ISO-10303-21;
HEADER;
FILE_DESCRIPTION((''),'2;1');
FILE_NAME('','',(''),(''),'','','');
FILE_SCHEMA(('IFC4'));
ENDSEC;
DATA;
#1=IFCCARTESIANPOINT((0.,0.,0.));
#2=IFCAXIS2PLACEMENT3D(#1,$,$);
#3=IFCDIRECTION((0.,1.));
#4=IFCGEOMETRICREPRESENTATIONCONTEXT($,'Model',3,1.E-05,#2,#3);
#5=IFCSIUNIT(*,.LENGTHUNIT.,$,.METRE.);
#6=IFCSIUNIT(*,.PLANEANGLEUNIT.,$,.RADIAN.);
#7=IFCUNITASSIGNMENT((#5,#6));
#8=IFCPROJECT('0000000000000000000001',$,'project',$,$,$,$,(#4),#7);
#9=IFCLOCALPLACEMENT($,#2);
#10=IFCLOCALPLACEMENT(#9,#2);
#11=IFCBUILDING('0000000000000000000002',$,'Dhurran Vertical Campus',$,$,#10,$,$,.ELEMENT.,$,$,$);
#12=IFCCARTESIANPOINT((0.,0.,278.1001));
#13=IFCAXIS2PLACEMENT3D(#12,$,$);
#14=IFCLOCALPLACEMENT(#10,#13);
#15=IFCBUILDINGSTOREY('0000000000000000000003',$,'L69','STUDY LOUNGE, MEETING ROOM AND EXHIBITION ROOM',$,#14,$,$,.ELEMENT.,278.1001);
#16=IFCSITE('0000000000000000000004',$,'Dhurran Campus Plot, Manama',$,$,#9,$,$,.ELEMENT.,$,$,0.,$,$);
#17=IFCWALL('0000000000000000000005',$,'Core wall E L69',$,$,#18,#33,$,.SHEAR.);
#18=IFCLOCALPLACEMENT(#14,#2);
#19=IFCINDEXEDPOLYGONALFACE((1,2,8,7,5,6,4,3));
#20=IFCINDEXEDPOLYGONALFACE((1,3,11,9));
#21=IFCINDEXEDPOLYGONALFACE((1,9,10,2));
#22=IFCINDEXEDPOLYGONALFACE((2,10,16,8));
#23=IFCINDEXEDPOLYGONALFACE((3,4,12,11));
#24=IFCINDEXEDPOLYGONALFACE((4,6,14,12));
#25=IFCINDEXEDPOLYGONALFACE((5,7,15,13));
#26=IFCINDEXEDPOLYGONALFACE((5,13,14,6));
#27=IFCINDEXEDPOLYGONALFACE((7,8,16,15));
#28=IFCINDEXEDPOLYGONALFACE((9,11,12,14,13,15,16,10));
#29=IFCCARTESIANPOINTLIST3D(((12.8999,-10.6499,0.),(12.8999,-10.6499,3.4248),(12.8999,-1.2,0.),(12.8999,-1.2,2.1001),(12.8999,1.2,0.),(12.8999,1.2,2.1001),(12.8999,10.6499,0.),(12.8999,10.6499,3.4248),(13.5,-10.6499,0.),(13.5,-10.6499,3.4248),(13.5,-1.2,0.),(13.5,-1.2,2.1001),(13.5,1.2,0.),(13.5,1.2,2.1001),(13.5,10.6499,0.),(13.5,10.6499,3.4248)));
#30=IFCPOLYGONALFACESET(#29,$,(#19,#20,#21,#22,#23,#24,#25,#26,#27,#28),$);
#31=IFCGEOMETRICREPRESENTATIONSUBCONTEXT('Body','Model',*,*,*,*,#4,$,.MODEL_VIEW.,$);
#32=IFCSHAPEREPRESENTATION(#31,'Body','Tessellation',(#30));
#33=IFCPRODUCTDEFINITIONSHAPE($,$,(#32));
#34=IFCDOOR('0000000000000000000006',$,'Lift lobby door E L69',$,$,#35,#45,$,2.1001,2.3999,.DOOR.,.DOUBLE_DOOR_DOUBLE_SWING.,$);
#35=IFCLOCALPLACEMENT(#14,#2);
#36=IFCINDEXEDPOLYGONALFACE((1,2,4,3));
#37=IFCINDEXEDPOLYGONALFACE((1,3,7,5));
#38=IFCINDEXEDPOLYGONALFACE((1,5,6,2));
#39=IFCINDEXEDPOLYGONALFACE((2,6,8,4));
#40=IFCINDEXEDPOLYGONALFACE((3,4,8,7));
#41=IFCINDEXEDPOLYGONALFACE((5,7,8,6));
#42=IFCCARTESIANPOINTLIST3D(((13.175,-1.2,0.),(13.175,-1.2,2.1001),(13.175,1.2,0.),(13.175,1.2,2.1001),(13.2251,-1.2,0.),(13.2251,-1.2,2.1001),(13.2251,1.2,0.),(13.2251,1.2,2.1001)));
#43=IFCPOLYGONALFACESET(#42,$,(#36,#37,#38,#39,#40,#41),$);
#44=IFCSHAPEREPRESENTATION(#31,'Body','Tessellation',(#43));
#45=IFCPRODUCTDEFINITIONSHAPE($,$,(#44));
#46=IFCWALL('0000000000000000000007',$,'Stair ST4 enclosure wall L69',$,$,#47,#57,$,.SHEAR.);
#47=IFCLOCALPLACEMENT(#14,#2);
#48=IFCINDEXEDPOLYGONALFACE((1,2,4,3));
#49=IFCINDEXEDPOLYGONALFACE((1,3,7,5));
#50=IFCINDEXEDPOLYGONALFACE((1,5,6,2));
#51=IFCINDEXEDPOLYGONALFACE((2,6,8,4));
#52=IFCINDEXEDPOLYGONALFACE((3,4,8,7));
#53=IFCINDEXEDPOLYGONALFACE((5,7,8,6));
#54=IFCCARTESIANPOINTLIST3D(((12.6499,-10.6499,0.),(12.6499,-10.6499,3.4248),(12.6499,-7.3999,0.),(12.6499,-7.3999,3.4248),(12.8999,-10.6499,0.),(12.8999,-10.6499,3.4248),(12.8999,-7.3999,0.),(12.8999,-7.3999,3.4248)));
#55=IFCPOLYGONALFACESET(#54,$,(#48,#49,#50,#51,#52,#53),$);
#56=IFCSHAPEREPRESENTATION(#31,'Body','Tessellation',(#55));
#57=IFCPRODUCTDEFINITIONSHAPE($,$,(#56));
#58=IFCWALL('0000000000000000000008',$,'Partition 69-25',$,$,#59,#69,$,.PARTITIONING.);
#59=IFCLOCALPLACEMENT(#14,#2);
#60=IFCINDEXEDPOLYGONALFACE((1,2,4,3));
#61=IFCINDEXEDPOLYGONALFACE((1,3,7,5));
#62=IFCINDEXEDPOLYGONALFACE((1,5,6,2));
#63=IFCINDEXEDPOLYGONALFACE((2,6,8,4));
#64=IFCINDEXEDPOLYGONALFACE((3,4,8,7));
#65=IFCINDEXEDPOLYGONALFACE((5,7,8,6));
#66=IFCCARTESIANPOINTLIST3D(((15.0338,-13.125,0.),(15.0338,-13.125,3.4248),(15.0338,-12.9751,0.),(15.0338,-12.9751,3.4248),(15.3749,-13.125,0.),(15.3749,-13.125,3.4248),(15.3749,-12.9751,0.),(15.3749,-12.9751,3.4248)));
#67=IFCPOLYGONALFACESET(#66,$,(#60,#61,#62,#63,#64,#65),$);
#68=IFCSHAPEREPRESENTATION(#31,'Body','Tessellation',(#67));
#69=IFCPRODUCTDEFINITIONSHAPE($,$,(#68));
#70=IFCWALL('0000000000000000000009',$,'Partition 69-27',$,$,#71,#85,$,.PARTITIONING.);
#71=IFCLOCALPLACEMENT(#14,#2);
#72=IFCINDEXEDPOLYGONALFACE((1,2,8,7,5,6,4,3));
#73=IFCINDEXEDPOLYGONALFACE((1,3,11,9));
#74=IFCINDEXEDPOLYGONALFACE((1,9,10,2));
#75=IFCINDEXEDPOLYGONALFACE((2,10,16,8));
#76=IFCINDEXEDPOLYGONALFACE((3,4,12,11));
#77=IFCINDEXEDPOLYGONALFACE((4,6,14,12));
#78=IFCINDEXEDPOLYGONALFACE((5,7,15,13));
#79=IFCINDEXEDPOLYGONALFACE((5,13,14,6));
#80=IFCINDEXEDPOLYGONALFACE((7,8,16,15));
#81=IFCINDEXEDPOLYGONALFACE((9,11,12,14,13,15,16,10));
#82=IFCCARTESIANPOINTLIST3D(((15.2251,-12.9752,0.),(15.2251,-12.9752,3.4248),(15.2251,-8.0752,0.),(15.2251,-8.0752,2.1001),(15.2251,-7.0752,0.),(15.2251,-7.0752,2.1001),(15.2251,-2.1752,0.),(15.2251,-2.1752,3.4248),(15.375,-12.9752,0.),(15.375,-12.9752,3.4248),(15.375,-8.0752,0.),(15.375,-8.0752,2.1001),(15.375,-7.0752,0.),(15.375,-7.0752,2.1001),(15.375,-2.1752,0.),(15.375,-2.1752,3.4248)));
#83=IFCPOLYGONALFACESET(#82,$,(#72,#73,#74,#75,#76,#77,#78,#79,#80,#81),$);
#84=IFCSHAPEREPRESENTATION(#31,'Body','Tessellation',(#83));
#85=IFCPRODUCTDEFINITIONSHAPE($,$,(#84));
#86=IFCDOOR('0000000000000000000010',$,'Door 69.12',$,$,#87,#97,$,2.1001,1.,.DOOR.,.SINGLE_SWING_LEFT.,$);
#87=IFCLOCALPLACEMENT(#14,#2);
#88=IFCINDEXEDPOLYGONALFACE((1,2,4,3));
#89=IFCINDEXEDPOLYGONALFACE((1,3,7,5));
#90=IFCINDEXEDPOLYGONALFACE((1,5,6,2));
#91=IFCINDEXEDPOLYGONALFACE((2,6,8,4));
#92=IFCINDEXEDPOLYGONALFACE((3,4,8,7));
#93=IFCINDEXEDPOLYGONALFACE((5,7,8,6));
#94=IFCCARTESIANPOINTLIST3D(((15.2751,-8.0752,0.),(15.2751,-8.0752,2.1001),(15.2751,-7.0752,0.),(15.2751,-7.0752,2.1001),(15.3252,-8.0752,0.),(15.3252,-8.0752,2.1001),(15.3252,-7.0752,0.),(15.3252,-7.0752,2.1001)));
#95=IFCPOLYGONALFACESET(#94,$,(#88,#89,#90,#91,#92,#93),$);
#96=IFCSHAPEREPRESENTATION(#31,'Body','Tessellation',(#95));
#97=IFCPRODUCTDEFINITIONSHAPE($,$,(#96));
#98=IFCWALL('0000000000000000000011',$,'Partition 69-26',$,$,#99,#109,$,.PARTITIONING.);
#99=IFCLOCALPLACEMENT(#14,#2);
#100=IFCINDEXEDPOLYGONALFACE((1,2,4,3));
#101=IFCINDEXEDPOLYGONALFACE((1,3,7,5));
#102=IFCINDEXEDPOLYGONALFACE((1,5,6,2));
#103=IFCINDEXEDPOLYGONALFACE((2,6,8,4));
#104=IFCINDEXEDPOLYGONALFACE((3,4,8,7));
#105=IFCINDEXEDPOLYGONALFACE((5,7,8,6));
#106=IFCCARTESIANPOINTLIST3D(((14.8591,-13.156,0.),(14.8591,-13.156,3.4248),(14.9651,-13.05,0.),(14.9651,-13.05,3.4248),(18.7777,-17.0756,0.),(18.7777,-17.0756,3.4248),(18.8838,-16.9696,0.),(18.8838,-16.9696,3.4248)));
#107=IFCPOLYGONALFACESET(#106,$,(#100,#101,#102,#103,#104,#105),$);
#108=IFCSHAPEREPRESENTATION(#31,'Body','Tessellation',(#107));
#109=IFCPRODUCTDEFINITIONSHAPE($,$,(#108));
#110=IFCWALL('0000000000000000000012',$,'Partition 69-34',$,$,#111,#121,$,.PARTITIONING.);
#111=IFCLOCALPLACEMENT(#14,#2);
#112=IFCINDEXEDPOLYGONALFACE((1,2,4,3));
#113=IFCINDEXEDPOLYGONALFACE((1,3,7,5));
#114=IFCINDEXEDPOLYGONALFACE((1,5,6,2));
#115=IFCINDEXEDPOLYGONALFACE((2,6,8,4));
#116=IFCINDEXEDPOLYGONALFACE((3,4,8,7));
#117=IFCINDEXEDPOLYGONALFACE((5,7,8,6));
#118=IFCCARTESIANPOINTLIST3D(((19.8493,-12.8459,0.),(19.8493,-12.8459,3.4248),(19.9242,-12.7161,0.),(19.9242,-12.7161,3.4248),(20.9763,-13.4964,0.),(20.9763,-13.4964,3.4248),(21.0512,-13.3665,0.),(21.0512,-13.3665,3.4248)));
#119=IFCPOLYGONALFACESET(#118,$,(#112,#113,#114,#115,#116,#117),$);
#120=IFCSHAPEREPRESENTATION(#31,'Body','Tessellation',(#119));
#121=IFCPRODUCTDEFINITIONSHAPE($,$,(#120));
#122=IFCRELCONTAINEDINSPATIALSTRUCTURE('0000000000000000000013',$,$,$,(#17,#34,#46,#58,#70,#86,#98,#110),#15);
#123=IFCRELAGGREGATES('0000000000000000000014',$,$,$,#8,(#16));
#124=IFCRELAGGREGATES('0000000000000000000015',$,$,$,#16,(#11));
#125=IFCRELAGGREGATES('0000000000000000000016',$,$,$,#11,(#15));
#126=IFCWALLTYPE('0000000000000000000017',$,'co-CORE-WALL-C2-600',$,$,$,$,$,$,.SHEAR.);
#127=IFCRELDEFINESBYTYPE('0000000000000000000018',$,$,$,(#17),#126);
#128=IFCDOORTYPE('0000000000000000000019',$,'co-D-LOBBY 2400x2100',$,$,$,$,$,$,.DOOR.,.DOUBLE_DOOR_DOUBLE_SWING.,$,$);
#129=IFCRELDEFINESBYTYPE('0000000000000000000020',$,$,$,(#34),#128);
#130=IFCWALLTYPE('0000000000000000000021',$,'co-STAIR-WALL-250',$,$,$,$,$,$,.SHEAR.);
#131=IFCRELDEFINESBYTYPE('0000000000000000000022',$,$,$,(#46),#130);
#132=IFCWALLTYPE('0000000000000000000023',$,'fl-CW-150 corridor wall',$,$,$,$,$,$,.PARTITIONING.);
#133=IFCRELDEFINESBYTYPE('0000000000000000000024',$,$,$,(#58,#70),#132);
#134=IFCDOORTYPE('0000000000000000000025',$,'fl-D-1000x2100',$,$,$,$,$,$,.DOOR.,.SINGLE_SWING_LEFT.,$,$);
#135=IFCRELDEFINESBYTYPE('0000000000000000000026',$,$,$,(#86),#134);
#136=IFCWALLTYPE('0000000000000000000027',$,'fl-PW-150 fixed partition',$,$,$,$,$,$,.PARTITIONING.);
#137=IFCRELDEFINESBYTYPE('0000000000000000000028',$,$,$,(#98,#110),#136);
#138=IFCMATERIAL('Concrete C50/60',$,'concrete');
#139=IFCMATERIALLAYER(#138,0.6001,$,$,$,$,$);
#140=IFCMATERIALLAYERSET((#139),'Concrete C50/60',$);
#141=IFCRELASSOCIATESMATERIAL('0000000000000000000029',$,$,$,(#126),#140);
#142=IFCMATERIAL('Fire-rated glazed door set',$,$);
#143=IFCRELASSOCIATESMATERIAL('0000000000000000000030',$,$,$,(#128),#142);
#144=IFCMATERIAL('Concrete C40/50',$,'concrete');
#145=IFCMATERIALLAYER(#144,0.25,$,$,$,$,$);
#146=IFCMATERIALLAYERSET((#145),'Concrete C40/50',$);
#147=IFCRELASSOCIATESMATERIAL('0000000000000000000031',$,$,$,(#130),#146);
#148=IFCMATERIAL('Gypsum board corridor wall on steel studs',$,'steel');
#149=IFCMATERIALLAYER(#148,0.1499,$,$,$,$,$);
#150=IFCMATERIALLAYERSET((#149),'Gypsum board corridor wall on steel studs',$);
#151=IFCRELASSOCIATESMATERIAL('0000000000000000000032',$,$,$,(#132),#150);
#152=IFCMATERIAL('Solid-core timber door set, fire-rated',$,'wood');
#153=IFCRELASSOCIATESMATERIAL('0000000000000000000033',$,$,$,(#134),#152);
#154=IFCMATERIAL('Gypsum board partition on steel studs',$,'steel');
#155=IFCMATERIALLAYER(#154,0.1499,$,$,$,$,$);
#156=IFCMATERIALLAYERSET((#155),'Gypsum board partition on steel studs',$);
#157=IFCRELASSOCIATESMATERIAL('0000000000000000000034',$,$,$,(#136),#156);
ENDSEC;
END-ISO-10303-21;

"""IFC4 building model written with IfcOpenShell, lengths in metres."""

from ifc_helpers import new_model, si_unit, direction, frame, frame_2d, origin, place, context, subcontext, project, spatial, rectangle, extrude, material, layer, layer_set, type_object, element, fill, save


model = new_model("IFC4")

# Units and contexts
model_context = context("Model", 3, precision=1e-05, world=origin(), true_north=direction((0.0, 1.0)))
body_context = subcontext(model_context, "Body", "Model", "MODEL_VIEW")
ifc_project = project(units=[si_unit("LENGTHUNIT", "METRE"), si_unit("PLANEANGLEUNIT", "RADIAN")], contexts=[model_context])

# Site, building, storey
site_placement = place(None, origin())
site = spatial("IfcSite", under=ifc_project, at=site_placement, Name="Dhurran Campus Plot, Manama", CompositionType="ELEMENT", RefElevation=0.0)
building_placement = place(site_placement, origin())
building = spatial("IfcBuilding", under=site, at=building_placement, Name="Dhurran Vertical Campus", CompositionType="ELEMENT")
storey_placement = place(building_placement, frame((0.0, 0.0, 278.1001)))
storey = spatial("IfcBuildingStorey", under=building, at=storey_placement, Name="L69", Description="STUDY LOUNGE, MEETING ROOM AND EXHIBITION ROOM", CompositionType="ELEMENT", Elevation=278.1001)

# Wall, opening, door
ifc_material_1 = material(Name="Concrete C50/60", Category="concrete")
ifc_layer_1 = layer(ifc_material_1, 0.6001)
ifc_layer_set_1 = layer_set([ifc_layer_1], Name="Concrete C50/60")
wall_type_1 = type_object("IfcWallType", Name="co-CORE-WALL-C2-600", PredefinedType="SHEAR", material=ifc_layer_set_1)
wall_1_placement = place(storey_placement, frame((13.2, -10.6499, 0.0), z_axis=(0.0, 0.0, 1.0), x_axis=(0.0, 1.0, 0.0)))
wall_1 = element("IfcWall", 1, at=wall_1_placement, inside=storey, type_object=wall_type_1, Name="Core wall E L69", PredefinedType="SHEAR", context=body_context, shape_type="SweptSolid", body=[
    extrude(rectangle(XDim=21.2998, YDim=0.6001, at=frame_2d((10.6499, 0.0))), origin(), (0.0, 0.0, 1.0), 3.4248),
])
opening_1_placement = place(wall_1_placement, frame((9.45, 0.0, 0.0)))
opening_1 = element("IfcOpeningElement", 2, at=opening_1_placement, cuts=wall_1, PredefinedType="OPENING", context=body_context, shape_type="SweptSolid", body=[
    extrude(rectangle(XDim=2.3999, YDim=2.1001, at=frame_2d((1.2, 1.05))), frame((0.0, 0.3101, 0.0), z_axis=(0.0, -1.0, 0.0), x_axis=(1.0, 0.0, 0.0)), (0.0, 0.0, 1.0), 0.6201),
])
ifc_material_2 = material(Name="Fire-rated glazed door set")
door_type_1 = type_object("IfcDoorType", Name="co-D-LOBBY 2400x2100", OperationType="DOUBLE_DOOR_DOUBLE_SWING", PredefinedType="DOOR", material=ifc_material_2)
door_1_placement = place(opening_1_placement, origin())
door_1 = element("IfcDoor", 3, at=door_1_placement, inside=storey, type_object=door_type_1, Name="Lift lobby door E L69", OperationType="DOUBLE_DOOR_DOUBLE_SWING", OverallHeight=2.1001, OverallWidth=2.3999, PredefinedType="DOOR", context=body_context, shape_type="SweptSolid", body=[
    extrude(rectangle(XDim=2.3999, YDim=2.1001, at=frame_2d((1.2, 1.05))), frame((0.0, 0.0249, 0.0), z_axis=(0.0, -1.0, 0.0), x_axis=(1.0, 0.0, 0.0)), (0.0, 0.0, 1.0), 0.05),
])
fill(opening_1, door_1)

# Walls
ifc_material_3 = material(Name="Concrete C40/50", Category="concrete")
ifc_layer_2 = layer(ifc_material_3, 0.25)
ifc_layer_set_2 = layer_set([ifc_layer_2], Name="Concrete C40/50")
wall_type_2 = type_object("IfcWallType", Name="co-STAIR-WALL-250", PredefinedType="SHEAR", material=ifc_layer_set_2)
wall_2_placement = place(storey_placement, frame((12.7749, -10.6499, 0.0), z_axis=(0.0, 0.0, 1.0), x_axis=(0.0, 1.0, 0.0)))
element("IfcWall", 4, at=wall_2_placement, inside=storey, type_object=wall_type_2, Name="Stair ST4 enclosure wall L69", PredefinedType="SHEAR", context=body_context, shape_type="SweptSolid", body=[
    extrude(rectangle(XDim=3.25, YDim=0.25, at=frame_2d((1.625, 0.0))), origin(), (0.0, 0.0, 1.0), 3.4248),
])
ifc_material_4 = material(Name="Gypsum board corridor wall on steel studs", Category="steel")
ifc_layer_3 = layer(ifc_material_4, 0.1499)
ifc_layer_set_3 = layer_set([ifc_layer_3], Name="Gypsum board corridor wall on steel studs")
wall_type_3 = type_object("IfcWallType", Name="fl-CW-150 corridor wall", PredefinedType="PARTITIONING", material=ifc_layer_set_3)
wall_3_placement = place(storey_placement, frame((15.0339, -13.05, 0.0), z_axis=(0.0, 0.0, 1.0), x_axis=(1.0, 0.0, 0.0)))
element("IfcWall", 5, at=wall_3_placement, inside=storey, type_object=wall_type_3, Name="Partition 69-25", PredefinedType="PARTITIONING", context=body_context, shape_type="SweptSolid", body=[
    extrude(rectangle(XDim=0.3411, YDim=0.1499, at=frame_2d((0.1704, 0.0))), origin(), (0.0, 0.0, 1.0), 3.4248),
])

# Wall, opening, door
wall_4_placement = place(storey_placement, frame((15.3, -12.9751, 0.0), z_axis=(0.0, 0.0, 1.0), x_axis=(0.0, 1.0, 0.0)))
wall_4 = element("IfcWall", 6, at=wall_4_placement, inside=storey, type_object=wall_type_3, Name="Partition 69-27", PredefinedType="PARTITIONING", context=body_context, shape_type="SweptSolid", body=[
    extrude(rectangle(XDim=10.8, YDim=0.1499, at=frame_2d((5.3999, 0.0))), origin(), (0.0, 0.0, 1.0), 3.4248),
])
opening_2_placement = place(wall_4_placement, frame((4.8999, 0.0, 0.0)))
opening_2 = element("IfcOpeningElement", 7, at=opening_2_placement, cuts=wall_4, PredefinedType="OPENING", context=body_context, shape_type="SweptSolid", body=[
    extrude(rectangle(XDim=1.0, YDim=2.1001, at=frame_2d((0.5, 1.05))), frame((0.0, 0.085, 0.0), z_axis=(0.0, -1.0, 0.0), x_axis=(1.0, 0.0, 0.0)), (0.0, 0.0, 1.0), 0.1699),
])
ifc_material_5 = material(Name="Solid-core timber door set, fire-rated", Category="wood")
door_type_2 = type_object("IfcDoorType", Name="fl-D-1000x2100", OperationType="SINGLE_SWING_LEFT", PredefinedType="DOOR", material=ifc_material_5)
door_2_placement = place(opening_2_placement, origin())
door_2 = element("IfcDoor", 8, at=door_2_placement, inside=storey, type_object=door_type_2, Name="Door 69.12", OperationType="SINGLE_SWING_LEFT", OverallHeight=2.1001, OverallWidth=1.0, PredefinedType="DOOR", context=body_context, shape_type="SweptSolid", body=[
    extrude(rectangle(XDim=1.0, YDim=2.1001, at=frame_2d((0.5, 1.05))), frame((0.0, 0.0249, 0.0), z_axis=(0.0, -1.0, 0.0), x_axis=(1.0, 0.0, 0.0)), (0.0, 0.0, 1.0), 0.05),
])
fill(opening_2, door_2)

# Walls
ifc_material_6 = material(Name="Gypsum board partition on steel studs", Category="steel")
ifc_layer_4 = layer(ifc_material_6, 0.1499)
ifc_layer_set_4 = layer_set([ifc_layer_4], Name="Gypsum board partition on steel studs")
wall_type_4 = type_object("IfcWallType", Name="fl-PW-150 fixed partition", PredefinedType="PARTITIONING", material=ifc_layer_set_4)
wall_5_placement = place(storey_placement, frame((14.9121, -13.103, 0.0), z_axis=(0.0, 0.0, 1.0), x_axis=(0.707019, -0.707195, 0.0)))
element("IfcWall", 9, at=wall_5_placement, inside=storey, type_object=wall_type_4, Name="Partition 69-26", PredefinedType="PARTITIONING", context=body_context, shape_type="SweptSolid", body=[
    extrude(rectangle(XDim=5.5425, YDim=0.1499, at=frame_2d((2.7712, 0.0))), origin(), (0.0, 0.0, 1.0), 3.4248),
])
wall_6_placement = place(storey_placement, frame((19.8867, -12.781, 0.0), z_axis=(0.0, 0.0, 1.0), x_axis=(0.866111, -0.499852, 0.0)))
element("IfcWall", 10, at=wall_6_placement, inside=storey, type_object=wall_type_4, Name="Partition 69-34", PredefinedType="PARTITIONING", context=body_context, shape_type="SweptSolid", body=[
    extrude(rectangle(XDim=1.3013, YDim=0.1499, at=frame_2d((0.6506, 0.0))), origin(), (0.0, 0.0, 1.0), 3.4248),
])

save(model, "model.ifc")
